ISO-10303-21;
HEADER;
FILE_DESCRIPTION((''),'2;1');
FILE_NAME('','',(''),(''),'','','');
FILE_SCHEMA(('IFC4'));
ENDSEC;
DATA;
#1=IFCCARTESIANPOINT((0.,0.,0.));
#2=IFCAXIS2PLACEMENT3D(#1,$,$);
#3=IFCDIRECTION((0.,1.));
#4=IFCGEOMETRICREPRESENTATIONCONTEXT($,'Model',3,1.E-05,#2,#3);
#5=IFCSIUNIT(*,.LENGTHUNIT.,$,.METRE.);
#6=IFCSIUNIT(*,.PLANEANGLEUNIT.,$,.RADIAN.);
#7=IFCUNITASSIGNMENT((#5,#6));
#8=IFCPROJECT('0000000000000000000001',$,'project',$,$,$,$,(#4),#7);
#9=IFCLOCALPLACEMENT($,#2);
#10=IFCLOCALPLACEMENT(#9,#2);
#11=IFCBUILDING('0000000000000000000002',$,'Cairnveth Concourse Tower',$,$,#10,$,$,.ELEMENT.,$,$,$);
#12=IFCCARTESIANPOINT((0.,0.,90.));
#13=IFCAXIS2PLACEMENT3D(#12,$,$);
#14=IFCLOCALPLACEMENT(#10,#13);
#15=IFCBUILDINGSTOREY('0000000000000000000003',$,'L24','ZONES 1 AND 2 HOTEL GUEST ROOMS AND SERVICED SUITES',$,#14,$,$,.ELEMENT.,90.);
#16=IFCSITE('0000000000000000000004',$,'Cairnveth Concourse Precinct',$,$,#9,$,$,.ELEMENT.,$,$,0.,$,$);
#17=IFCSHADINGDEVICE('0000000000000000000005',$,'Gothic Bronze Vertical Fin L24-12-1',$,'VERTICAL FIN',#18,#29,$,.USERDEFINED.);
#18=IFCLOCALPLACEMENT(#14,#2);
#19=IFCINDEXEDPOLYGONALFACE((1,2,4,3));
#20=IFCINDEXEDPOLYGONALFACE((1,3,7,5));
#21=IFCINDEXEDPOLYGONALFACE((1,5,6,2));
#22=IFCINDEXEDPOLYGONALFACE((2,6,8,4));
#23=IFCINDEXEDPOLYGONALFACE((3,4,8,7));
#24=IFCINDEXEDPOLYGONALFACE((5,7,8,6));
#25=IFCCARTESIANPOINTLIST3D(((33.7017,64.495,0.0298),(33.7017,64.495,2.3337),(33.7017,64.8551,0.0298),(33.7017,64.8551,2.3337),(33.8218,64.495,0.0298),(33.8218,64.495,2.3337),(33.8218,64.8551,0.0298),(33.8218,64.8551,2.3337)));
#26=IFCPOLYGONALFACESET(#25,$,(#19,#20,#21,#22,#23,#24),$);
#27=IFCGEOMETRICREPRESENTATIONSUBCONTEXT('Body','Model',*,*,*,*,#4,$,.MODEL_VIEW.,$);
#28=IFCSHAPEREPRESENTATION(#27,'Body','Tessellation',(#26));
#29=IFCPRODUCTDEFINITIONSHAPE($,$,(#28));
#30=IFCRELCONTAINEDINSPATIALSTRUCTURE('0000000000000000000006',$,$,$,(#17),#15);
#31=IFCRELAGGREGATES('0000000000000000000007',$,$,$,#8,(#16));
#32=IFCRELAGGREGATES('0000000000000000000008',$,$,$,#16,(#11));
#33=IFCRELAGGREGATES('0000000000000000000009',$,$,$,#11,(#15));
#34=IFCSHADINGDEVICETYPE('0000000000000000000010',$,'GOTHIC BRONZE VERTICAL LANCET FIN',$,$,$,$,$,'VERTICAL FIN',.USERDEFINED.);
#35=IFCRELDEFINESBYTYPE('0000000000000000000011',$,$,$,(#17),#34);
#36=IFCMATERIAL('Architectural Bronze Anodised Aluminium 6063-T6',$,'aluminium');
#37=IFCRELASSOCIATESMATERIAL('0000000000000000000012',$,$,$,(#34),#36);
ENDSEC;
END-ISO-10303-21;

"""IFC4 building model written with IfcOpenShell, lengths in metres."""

from ifc_helpers import new_model, si_unit, direction, frame, origin, origin_2d, place, context, subcontext, project, spatial, rectangle, extrude, material, type_object, element, save


model = new_model("IFC4")

# Units and contexts
model_context = context("Model", 3, precision=1e-05, world=origin(), true_north=direction((0.0, 1.0)))
body_context = subcontext(model_context, "Body", "Model", "MODEL_VIEW")
ifc_project = project(units=[si_unit("LENGTHUNIT", "METRE"), si_unit("PLANEANGLEUNIT", "RADIAN")], contexts=[model_context])

# Site, building, storey
site_placement = place(None, origin())
site = spatial("IfcSite", under=ifc_project, at=site_placement, Name="Cairnveth Concourse Precinct", CompositionType="ELEMENT", RefElevation=0.0)
building_placement = place(site_placement, origin())
building = spatial("IfcBuilding", under=site, at=building_placement, Name="Cairnveth Concourse Tower", CompositionType="ELEMENT")
storey_placement = place(building_placement, frame((0.0, 0.0, 90.0)))
storey = spatial("IfcBuildingStorey", under=building, at=storey_placement, Name="L24", Description="ZONES 1 AND 2 HOTEL GUEST ROOMS AND SERVICED SUITES", CompositionType="ELEMENT", Elevation=90.0)

# Shading device
ifc_material_1 = material(Name="Architectural Bronze Anodised Aluminium 6063-T6", Category="aluminium")
shading_device_type = type_object("IfcShadingDeviceType", Name="GOTHIC BRONZE VERTICAL LANCET FIN", ElementType="VERTICAL FIN", PredefinedType="USERDEFINED", material=ifc_material_1)
shading_device_placement = place(storey_placement, frame((33.7617, 64.675, 0.0298), z_axis=(0.0, 0.0, 1.0), x_axis=(1.0, 0.0, 0.0)))
element("IfcShadingDevice", 1, at=shading_device_placement, inside=storey, type_object=shading_device_type, Name="Gothic Bronze Vertical Fin L24-12-1", ObjectType="VERTICAL FIN", PredefinedType="USERDEFINED", context=body_context, shape_type="SweptSolid", body=[
    extrude(rectangle(XDim=0.1201, YDim=0.3601, at=origin_2d()), origin(), (0.0, 0.0, 1.0), 2.304),
])

save(model, "model.ifc")
